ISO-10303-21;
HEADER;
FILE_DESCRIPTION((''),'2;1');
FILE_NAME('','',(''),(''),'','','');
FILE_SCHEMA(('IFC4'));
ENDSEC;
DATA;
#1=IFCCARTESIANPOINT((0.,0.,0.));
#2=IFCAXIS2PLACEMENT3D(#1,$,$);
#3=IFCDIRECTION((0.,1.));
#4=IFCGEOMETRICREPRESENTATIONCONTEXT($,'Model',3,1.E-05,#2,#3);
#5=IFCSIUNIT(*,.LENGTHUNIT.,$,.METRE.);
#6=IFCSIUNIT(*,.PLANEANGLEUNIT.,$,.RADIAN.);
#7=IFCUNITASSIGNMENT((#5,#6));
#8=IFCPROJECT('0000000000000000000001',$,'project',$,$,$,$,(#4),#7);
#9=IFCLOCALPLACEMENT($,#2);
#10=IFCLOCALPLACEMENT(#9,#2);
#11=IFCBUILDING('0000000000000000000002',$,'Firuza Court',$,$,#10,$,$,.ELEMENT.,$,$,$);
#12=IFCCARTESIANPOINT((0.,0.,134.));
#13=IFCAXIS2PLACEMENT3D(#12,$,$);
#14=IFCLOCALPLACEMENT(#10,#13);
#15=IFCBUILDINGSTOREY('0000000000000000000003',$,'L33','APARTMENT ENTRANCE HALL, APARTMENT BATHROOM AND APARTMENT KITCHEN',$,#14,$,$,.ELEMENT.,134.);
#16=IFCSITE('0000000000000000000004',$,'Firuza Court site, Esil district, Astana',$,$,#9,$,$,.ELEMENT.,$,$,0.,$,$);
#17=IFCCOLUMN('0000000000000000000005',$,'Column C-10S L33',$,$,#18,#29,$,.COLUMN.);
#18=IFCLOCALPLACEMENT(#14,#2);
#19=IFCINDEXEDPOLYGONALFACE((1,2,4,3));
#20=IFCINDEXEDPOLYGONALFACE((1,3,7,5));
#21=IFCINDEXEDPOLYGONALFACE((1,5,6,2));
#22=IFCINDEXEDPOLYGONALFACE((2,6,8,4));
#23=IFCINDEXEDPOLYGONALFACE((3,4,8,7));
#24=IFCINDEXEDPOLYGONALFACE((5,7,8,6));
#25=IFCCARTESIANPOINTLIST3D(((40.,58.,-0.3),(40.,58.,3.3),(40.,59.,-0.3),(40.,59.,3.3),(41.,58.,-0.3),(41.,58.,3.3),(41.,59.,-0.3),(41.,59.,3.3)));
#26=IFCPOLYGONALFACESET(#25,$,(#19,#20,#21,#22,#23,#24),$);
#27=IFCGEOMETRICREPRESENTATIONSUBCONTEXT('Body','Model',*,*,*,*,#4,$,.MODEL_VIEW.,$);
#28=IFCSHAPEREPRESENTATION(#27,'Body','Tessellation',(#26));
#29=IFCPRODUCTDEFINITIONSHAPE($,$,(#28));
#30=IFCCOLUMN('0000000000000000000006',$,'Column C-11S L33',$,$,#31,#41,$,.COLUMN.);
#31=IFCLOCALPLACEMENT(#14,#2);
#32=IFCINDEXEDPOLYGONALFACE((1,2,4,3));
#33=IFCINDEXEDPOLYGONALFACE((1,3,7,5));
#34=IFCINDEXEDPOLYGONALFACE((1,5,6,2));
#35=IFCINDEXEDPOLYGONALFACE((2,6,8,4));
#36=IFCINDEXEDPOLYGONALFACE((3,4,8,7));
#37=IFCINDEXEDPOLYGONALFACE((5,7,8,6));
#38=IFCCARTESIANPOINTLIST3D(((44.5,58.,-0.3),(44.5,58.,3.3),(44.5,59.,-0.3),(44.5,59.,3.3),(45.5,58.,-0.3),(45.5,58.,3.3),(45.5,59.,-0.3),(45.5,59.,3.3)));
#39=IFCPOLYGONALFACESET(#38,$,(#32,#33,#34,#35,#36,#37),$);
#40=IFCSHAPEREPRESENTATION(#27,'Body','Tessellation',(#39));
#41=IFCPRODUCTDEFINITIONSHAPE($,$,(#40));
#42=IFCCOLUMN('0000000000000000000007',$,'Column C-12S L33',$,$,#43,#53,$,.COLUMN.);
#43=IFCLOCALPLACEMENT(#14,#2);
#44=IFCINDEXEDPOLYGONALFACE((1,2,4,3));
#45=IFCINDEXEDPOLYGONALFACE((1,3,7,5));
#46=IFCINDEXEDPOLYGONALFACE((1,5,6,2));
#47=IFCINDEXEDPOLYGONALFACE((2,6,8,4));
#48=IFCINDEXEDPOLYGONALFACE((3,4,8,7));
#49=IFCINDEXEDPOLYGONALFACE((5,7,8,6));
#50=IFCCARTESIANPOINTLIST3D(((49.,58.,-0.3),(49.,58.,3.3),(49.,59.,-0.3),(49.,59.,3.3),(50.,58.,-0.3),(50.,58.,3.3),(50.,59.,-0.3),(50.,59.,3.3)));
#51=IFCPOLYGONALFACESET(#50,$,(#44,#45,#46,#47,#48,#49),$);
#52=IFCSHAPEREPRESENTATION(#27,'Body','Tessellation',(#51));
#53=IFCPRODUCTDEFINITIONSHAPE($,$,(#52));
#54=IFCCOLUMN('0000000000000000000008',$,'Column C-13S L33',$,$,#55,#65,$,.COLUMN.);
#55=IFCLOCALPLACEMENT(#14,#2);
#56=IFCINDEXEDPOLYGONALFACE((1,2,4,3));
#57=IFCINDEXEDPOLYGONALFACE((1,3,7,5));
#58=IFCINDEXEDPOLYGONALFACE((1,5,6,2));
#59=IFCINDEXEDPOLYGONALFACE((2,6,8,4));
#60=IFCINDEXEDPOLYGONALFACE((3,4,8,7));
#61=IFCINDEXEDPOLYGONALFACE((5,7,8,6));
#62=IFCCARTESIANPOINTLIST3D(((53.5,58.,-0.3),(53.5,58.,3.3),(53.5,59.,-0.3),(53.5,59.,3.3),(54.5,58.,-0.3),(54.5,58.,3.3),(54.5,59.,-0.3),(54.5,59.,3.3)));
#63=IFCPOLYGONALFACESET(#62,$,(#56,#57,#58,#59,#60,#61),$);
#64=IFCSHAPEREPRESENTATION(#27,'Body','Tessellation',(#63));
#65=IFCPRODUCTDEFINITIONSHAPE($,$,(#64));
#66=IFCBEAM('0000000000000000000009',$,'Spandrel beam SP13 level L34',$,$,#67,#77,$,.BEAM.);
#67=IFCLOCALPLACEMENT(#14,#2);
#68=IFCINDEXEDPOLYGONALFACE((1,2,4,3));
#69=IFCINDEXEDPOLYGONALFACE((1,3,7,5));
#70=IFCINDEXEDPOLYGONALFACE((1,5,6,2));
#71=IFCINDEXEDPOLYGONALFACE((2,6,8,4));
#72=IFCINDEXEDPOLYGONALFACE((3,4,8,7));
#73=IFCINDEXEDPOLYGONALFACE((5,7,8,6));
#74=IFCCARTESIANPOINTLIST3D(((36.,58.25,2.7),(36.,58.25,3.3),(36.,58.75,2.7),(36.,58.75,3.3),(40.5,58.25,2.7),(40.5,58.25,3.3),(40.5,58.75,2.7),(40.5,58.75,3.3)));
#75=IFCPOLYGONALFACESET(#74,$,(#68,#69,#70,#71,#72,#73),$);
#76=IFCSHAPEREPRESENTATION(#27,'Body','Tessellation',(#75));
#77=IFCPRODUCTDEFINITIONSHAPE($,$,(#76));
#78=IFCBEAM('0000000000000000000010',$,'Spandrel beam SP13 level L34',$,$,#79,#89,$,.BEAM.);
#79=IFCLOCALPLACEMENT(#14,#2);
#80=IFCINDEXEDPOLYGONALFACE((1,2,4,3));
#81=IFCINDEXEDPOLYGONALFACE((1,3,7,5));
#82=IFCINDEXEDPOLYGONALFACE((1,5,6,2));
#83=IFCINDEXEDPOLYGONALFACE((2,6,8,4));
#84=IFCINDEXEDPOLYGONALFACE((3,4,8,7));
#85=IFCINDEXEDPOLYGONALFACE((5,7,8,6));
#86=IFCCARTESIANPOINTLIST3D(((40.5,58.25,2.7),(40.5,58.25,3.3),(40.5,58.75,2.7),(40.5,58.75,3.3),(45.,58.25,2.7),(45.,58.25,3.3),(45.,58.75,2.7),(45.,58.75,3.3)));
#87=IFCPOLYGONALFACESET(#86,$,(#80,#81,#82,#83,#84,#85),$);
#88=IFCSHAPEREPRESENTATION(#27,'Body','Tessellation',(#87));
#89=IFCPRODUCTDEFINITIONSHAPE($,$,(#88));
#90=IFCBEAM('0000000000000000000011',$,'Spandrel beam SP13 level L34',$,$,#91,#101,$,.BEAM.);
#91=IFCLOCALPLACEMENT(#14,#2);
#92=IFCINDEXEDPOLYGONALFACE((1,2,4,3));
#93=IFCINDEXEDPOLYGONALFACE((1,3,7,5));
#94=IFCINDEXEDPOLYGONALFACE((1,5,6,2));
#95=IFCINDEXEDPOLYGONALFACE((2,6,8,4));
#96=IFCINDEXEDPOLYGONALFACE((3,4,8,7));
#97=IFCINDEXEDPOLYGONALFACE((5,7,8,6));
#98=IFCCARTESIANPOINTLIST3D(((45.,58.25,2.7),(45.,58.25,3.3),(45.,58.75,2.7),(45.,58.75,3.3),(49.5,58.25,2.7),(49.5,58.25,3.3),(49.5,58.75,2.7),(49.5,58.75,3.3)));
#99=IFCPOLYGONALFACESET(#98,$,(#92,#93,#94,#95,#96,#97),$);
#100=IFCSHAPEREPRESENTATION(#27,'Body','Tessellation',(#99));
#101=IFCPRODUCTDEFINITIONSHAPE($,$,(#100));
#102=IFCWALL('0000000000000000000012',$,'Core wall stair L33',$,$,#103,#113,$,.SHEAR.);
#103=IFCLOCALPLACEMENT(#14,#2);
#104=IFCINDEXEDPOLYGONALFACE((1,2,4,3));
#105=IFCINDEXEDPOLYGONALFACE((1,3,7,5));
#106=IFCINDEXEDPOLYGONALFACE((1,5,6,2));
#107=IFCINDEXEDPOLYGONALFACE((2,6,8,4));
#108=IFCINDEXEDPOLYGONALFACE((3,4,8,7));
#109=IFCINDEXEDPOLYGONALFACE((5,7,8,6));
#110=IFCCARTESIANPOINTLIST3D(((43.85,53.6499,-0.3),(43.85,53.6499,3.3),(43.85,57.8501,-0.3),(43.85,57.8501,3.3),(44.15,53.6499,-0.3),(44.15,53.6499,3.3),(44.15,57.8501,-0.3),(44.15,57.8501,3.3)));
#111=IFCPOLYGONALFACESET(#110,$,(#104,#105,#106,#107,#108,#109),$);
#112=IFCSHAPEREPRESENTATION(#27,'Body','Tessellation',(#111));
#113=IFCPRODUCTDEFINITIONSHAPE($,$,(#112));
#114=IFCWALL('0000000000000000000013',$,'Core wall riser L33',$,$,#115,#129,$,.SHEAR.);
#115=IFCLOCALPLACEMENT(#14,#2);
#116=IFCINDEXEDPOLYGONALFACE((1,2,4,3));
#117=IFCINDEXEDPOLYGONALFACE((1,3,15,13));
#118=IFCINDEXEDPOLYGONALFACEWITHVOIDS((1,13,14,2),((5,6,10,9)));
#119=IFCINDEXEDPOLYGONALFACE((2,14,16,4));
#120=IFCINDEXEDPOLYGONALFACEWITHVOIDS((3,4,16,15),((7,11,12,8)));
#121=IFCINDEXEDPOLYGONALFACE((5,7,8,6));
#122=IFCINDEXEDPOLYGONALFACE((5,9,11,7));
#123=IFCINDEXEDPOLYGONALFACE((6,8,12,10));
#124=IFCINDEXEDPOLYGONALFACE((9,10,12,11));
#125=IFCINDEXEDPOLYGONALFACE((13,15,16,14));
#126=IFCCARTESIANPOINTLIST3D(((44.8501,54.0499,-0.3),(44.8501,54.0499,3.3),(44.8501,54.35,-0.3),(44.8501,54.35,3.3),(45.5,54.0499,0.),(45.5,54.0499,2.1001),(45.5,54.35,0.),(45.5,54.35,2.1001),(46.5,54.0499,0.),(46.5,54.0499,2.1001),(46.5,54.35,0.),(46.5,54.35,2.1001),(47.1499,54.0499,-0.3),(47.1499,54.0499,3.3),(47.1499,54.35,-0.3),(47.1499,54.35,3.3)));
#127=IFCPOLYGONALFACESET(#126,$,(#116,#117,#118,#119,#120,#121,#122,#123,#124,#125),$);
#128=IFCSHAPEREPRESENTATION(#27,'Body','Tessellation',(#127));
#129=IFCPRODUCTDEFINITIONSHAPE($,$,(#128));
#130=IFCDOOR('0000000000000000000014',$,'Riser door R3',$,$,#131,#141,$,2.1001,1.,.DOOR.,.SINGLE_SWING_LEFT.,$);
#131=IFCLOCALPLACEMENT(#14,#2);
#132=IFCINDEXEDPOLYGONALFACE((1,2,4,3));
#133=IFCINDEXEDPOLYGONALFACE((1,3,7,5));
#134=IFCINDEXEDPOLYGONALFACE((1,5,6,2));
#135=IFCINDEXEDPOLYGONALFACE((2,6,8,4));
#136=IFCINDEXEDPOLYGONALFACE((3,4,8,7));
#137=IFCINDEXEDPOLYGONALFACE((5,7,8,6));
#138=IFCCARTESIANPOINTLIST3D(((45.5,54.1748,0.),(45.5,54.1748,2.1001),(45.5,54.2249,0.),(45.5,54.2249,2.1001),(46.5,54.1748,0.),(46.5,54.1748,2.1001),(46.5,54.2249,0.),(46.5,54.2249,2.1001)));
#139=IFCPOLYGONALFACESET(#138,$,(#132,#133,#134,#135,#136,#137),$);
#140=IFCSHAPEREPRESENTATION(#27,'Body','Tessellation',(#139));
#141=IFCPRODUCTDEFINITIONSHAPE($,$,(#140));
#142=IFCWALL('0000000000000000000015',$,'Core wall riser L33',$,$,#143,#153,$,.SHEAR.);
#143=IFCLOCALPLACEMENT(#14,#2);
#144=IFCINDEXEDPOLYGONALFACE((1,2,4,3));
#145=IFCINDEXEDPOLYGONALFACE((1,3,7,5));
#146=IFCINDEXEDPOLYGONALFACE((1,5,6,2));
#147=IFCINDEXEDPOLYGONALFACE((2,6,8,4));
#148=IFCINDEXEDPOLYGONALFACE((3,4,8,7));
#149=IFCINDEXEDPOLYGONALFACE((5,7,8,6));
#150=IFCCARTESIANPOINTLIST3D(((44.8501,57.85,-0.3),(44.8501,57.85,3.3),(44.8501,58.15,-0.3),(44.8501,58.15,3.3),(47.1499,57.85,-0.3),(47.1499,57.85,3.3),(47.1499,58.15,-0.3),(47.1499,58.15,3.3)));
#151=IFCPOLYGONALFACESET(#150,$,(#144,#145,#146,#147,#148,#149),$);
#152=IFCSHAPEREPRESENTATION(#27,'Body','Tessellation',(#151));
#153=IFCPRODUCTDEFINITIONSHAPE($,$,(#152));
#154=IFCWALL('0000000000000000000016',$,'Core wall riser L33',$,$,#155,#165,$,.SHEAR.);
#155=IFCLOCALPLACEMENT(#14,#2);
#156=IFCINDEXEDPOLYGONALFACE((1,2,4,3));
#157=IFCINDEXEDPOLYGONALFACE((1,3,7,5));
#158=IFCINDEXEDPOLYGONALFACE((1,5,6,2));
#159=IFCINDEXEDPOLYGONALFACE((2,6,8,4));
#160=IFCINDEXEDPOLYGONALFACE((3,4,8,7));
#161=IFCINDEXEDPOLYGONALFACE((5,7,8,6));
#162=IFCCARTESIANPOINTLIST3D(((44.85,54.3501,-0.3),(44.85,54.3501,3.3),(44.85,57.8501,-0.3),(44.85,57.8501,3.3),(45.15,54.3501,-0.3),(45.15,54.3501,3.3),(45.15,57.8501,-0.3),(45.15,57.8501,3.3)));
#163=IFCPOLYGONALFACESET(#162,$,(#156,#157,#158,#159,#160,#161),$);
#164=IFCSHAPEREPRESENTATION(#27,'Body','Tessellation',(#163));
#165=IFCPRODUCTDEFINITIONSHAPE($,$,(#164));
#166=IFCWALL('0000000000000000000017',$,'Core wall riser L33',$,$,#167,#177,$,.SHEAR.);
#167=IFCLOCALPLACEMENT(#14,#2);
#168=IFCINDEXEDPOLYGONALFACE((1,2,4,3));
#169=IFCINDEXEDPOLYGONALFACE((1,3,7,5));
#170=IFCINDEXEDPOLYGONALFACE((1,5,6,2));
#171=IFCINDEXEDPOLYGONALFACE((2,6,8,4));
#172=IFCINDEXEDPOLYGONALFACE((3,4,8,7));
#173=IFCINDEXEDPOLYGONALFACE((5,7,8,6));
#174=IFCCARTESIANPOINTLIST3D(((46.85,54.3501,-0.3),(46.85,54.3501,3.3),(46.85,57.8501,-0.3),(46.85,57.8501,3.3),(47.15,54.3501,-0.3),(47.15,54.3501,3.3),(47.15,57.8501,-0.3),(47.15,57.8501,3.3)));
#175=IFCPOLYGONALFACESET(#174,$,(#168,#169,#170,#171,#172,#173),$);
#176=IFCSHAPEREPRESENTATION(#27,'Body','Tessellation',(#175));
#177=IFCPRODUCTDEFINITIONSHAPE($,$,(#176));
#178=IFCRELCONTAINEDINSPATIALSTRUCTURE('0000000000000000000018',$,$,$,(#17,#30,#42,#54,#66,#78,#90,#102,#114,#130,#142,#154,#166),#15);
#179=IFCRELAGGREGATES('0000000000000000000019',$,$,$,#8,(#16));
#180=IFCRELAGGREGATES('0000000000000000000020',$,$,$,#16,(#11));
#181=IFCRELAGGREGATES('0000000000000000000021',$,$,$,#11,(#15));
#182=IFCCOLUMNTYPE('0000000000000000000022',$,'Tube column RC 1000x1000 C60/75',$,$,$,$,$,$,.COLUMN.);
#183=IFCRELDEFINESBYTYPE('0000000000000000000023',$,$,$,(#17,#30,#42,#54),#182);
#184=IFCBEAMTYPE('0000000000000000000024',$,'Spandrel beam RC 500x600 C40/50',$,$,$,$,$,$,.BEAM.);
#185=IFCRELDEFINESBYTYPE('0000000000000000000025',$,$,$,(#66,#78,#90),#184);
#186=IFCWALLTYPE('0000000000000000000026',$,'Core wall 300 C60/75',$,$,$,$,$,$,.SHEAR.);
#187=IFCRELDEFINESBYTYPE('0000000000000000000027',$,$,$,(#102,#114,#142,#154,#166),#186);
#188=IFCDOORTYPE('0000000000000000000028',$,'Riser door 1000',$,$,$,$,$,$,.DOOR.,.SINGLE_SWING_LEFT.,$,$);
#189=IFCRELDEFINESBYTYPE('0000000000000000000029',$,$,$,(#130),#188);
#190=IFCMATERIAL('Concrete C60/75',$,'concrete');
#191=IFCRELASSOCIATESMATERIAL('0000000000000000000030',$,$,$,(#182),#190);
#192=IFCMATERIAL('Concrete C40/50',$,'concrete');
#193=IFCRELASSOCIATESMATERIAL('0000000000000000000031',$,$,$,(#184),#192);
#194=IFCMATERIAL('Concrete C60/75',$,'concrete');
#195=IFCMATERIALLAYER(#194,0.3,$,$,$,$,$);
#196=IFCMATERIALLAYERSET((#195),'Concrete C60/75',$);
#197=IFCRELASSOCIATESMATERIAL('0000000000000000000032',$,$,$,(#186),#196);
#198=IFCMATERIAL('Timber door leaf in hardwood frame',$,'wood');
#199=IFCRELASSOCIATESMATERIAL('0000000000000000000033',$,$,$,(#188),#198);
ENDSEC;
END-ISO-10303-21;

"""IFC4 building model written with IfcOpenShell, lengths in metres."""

from ifc_helpers import new_model, si_unit, direction, frame, frame_2d, origin, origin_2d, place, context, subcontext, project, spatial, rectangle, extrude, material, layer, layer_set, material_profile, profile_set, type_object, element, fill, save


model = new_model("IFC4")

# Units and contexts
model_context = context("Model", 3, precision=1e-05, world=origin(), true_north=direction((0.0, 1.0)))
body_context = subcontext(model_context, "Body", "Model", "MODEL_VIEW")
ifc_project = project(units=[si_unit("LENGTHUNIT", "METRE"), si_unit("PLANEANGLEUNIT", "RADIAN")], contexts=[model_context])

# Site, building, storey
site_placement = place(None, origin())
site = spatial("IfcSite", under=ifc_project, at=site_placement, Name="Firuza Court site, Esil district, Astana", CompositionType="ELEMENT", RefElevation=0.0)
building_placement = place(site_placement, origin())
building = spatial("IfcBuilding", under=site, at=building_placement, Name="Firuza Court", CompositionType="ELEMENT")
storey_placement = place(building_placement, frame((0.0, 0.0, 134.0)))
storey = spatial("IfcBuildingStorey", under=building, at=storey_placement, Name="L33", Description="APARTMENT ENTRANCE HALL, APARTMENT BATHROOM AND APARTMENT KITCHEN", CompositionType="ELEMENT", Elevation=134.0)

# Columns
ifc_material_1 = material(Name="Concrete C60/75", Category="concrete")
ifc_material_profile_1 = material_profile(ifc_material_1, rectangle(XDim=1.0, YDim=1.0, at=origin_2d()), Name="RC 1000x1000")
ifc_profile_set_1 = profile_set([ifc_material_profile_1], Name="Concrete C60/75")
column_type = type_object("IfcColumnType", Name="Tube column RC 1000x1000 C60/75", PredefinedType="COLUMN", material=ifc_profile_set_1)
for number, where, z_axis, x_axis, name in (
    (1, (40.5, 58.5, -0.3), (0.0, 0.0, 1.0), (1.0, 0.0, 0.0), "Column C-10S L33"),
    (2, (45.0, 58.5, -0.3), (0.0, 0.0, 1.0), (1.0, 0.0, 0.0), "Column C-11S L33"),
    (3, (49.5, 58.5, -0.3), (0.0, 0.0, 1.0), (1.0, 0.0, 0.0), "Column C-12S L33"),
    (4, (54.0, 58.5, -0.3), (0.0, 0.0, 1.0), (1.0, 0.0, 0.0), "Column C-13S L33"),
):
    element("IfcColumn", number, at=place(storey_placement, frame(where, z_axis=z_axis, x_axis=x_axis)), inside=storey, type_object=column_type, Name=name, PredefinedType="COLUMN", context=body_context, shape_type="SweptSolid", body=[
        extrude(rectangle(XDim=1.0, YDim=1.0, at=origin_2d()), origin(), (0.0, 0.0, 1.0), 3.6001),
    ])

# Beams
ifc_material_2 = material(Name="Concrete C40/50", Category="concrete")
ifc_material_profile_2 = material_profile(ifc_material_2, rectangle(XDim=0.5, YDim=0.6001, at=origin_2d()), Name="RC 500x600")
ifc_profile_set_2 = profile_set([ifc_material_profile_2], Name="Concrete C40/50")
beam_type = type_object("IfcBeamType", Name="Spandrel beam RC 500x600 C40/50", PredefinedType="BEAM", material=ifc_profile_set_2)
for number, where, z_axis, x_axis, name in (
    (5, (40.5, 58.5, 3.0), (-1.0, 0.0, 0.0), (0.0, -1.0, 0.0), "Spandrel beam SP13 level L34"),
    (6, (45.0, 58.5, 3.0), (-1.0, 0.0, 0.0), (0.0, -1.0, 0.0), "Spandrel beam SP13 level L34"),
    (7, (49.5, 58.5, 3.0), (-1.0, 0.0, 0.0), (0.0, -1.0, 0.0), "Spandrel beam SP13 level L34"),
):
    element("IfcBeam", number, at=place(storey_placement, frame(where, z_axis=z_axis, x_axis=x_axis)), inside=storey, type_object=beam_type, Name=name, PredefinedType="BEAM", context=body_context, shape_type="SweptSolid", body=[
        extrude(rectangle(XDim=0.5, YDim=0.6001, at=origin_2d()), origin(), (0.0, 0.0, 1.0), 4.5),
    ])

# Wall
ifc_material_3 = material(Name="Concrete C60/75", Category="concrete")
ifc_layer_1 = layer(ifc_material_3, 0.3)
ifc_layer_set_1 = layer_set([ifc_layer_1], Name="Concrete C60/75")
wall_type_1 = type_object("IfcWallType", Name="Core wall 300 C60/75", PredefinedType="SHEAR", material=ifc_layer_set_1)
wall_1_placement = place(storey_placement, frame((44.0, 53.6499, -0.3), z_axis=(0.0, 0.0, 1.0), x_axis=(0.0, 1.0, 0.0)))
element("IfcWall", 8, at=wall_1_placement, inside=storey, type_object=wall_type_1, Name="Core wall stair L33", PredefinedType="SHEAR", context=body_context, shape_type="SweptSolid", body=[
    extrude(rectangle(XDim=4.2002, YDim=0.3, at=frame_2d((2.1001, 0.0))), origin(), (0.0, 0.0, 1.0), 3.6001),
])

# Wall, opening, door
wall_2_placement = place(storey_placement, frame((44.8501, 54.2, -0.3), z_axis=(0.0, 0.0, 1.0), x_axis=(1.0, 0.0, 0.0)))
wall_2 = element("IfcWall", 9, at=wall_2_placement, inside=storey, type_object=wall_type_1, Name="Core wall riser L33", PredefinedType="SHEAR", context=body_context, shape_type="SweptSolid", body=[
    extrude(rectangle(XDim=2.2998, YDim=0.3, at=frame_2d((1.1499, 0.0))), origin(), (0.0, 0.0, 1.0), 3.6001),
])
opening_1_placement = place(wall_2_placement, frame((0.6499, 0.0, 0.3)))
opening_1 = element("IfcOpeningElement", 10, at=opening_1_placement, cuts=wall_2, PredefinedType="OPENING", context=body_context, shape_type="SweptSolid", body=[
    extrude(rectangle(XDim=1.0, YDim=2.1001, at=frame_2d((0.5, 1.05))), frame((0.0, 0.1621, 0.0), z_axis=(0.0, -1.0, 0.0), x_axis=(1.0, 0.0, 0.0)), (0.0, 0.0, 1.0), 0.324),
])
ifc_material_4 = material(Name="Timber door leaf in hardwood frame", Category="wood")
door_type_1 = type_object("IfcDoorType", Name="Riser door 1000", OperationType="SINGLE_SWING_LEFT", PredefinedType="DOOR", material=ifc_material_4)
door_1_placement = place(opening_1_placement, origin())
door_1 = element("IfcDoor", 11, at=door_1_placement, inside=storey, type_object=door_type_1, Name="Riser door R3", OperationType="SINGLE_SWING_LEFT", OverallHeight=2.1001, OverallWidth=1.0, PredefinedType="DOOR", context=body_context, shape_type="SweptSolid", body=[
    extrude(rectangle(XDim=1.0, YDim=2.1001, at=frame_2d((0.5, 1.05))), frame((0.0, 0.0249, 0.0), z_axis=(0.0, -1.0, 0.0), x_axis=(1.0, 0.0, 0.0)), (0.0, 0.0, 1.0), 0.05),
])
fill(opening_1, door_1)

# Walls
wall_3_placement = place(storey_placement, frame((44.8501, 58.0, -0.3), z_axis=(0.0, 0.0, 1.0), x_axis=(1.0, 0.0, 0.0)))
element("IfcWall", 12, at=wall_3_placement, inside=storey, type_object=wall_type_1, Name="Core wall riser L33", PredefinedType="SHEAR", context=body_context, shape_type="SweptSolid", body=[
    extrude(rectangle(XDim=2.2998, YDim=0.3, at=frame_2d((1.1499, 0.0))), origin(), (0.0, 0.0, 1.0), 3.6001),
])
for number, where, z_axis, x_axis, name in (
    (13, (45.0, 54.3501, -0.3), (0.0, 0.0, 1.0), (0.0, 1.0, 0.0), "Core wall riser L33"),
    (14, (47.0, 54.3501, -0.3), (0.0, 0.0, 1.0), (0.0, 1.0, 0.0), "Core wall riser L33"),
):
    element("IfcWall", number, at=place(storey_placement, frame(where, z_axis=z_axis, x_axis=x_axis)), inside=storey, type_object=wall_type_1, Name=name, PredefinedType="SHEAR", context=body_context, shape_type="SweptSolid", body=[
        extrude(rectangle(XDim=3.5, YDim=0.3, at=frame_2d((1.75, 0.0))), origin(), (0.0, 0.0, 1.0), 3.6001),
    ])

save(model, "model.ifc")
